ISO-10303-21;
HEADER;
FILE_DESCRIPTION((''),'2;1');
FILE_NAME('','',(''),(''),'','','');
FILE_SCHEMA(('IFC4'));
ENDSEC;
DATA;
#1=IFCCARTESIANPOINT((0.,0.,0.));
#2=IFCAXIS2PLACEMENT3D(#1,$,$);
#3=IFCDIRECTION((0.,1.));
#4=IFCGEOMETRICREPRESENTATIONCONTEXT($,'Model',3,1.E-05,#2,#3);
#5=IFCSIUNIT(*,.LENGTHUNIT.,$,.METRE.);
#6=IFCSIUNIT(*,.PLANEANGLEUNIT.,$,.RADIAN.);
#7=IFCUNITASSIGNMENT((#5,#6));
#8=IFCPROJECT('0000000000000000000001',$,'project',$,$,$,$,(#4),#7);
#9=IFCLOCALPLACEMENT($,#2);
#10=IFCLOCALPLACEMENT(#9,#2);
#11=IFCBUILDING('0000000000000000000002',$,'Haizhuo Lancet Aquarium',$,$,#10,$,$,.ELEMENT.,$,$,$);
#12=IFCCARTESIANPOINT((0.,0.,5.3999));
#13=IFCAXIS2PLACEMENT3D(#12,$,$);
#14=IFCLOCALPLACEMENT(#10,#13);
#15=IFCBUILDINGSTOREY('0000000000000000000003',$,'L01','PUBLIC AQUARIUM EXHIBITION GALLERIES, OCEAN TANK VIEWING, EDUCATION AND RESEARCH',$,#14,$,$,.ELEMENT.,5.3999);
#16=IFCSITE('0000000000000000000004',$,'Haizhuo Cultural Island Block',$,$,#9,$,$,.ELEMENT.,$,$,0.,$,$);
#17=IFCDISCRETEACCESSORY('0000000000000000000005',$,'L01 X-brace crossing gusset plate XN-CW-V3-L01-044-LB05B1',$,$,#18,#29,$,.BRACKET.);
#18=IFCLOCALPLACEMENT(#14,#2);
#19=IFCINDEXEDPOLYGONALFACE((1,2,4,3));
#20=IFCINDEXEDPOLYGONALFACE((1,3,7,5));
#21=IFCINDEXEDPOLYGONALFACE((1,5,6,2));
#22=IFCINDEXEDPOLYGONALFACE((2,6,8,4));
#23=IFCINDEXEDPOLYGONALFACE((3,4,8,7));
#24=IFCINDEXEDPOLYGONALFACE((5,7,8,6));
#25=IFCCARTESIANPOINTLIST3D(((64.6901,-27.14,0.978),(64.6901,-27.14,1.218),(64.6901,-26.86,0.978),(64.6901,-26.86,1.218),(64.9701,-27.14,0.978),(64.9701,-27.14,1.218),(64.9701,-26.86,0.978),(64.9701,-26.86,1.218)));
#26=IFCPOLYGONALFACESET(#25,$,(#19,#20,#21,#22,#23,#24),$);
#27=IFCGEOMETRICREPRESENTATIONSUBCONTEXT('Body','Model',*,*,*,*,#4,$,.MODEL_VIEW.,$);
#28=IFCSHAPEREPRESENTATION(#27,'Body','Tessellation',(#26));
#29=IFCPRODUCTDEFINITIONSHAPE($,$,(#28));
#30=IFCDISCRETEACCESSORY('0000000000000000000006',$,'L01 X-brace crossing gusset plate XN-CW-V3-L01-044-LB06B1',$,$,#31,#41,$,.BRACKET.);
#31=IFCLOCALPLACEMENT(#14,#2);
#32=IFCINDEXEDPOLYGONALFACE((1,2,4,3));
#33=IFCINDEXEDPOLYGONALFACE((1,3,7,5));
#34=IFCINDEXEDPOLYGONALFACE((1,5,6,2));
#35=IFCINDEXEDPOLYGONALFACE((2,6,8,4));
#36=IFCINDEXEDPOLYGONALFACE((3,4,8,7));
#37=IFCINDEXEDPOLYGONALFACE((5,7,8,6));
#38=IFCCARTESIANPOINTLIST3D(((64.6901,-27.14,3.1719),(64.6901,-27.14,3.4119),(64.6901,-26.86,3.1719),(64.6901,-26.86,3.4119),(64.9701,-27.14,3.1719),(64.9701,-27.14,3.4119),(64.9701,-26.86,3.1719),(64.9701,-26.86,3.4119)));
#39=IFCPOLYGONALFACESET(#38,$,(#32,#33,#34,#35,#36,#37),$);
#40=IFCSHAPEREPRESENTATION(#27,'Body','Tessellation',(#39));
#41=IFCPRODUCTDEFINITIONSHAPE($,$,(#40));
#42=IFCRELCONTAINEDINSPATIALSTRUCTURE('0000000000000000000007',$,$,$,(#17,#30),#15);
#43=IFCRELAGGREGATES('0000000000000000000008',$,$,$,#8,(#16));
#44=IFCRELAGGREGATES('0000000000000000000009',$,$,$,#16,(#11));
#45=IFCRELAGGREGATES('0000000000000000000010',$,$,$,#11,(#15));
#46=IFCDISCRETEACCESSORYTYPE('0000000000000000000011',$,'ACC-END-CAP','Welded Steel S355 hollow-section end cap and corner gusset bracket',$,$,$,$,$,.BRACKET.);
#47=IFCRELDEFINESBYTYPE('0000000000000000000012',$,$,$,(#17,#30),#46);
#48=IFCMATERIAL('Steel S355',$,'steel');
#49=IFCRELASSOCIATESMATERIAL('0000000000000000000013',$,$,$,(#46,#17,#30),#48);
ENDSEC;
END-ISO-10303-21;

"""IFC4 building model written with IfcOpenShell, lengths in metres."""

from ifc_helpers import new_model, si_unit, direction, frame, origin, origin_2d, place, context, subcontext, project, spatial, rectangle, extrude, material, type_object, element, save


model = new_model("IFC4")

# Units and contexts
model_context = context("Model", 3, precision=1e-05, world=origin(), true_north=direction((0.0, 1.0)))
body_context = subcontext(model_context, "Body", "Model", "MODEL_VIEW")
ifc_project = project(units=[si_unit("LENGTHUNIT", "METRE"), si_unit("PLANEANGLEUNIT", "RADIAN")], contexts=[model_context])

# Site, building, storey
site_placement = place(None, origin())
site = spatial("IfcSite", under=ifc_project, at=site_placement, Name="Haizhuo Cultural Island Block", CompositionType="ELEMENT", RefElevation=0.0)
building_placement = place(site_placement, origin())
building = spatial("IfcBuilding", under=site, at=building_placement, Name="Haizhuo Lancet Aquarium", CompositionType="ELEMENT")
storey_placement = place(building_placement, frame((0.0, 0.0, 5.3999)))
storey = spatial("IfcBuildingStorey", under=building, at=storey_placement, Name="L01", Description="PUBLIC AQUARIUM EXHIBITION GALLERIES, OCEAN TANK VIEWING, EDUCATION AND RESEARCH", CompositionType="ELEMENT", Elevation=5.3999)

# Shared definitions
ifc_material_1 = material(Name="Steel S355", Category="steel")

# Discrete accessories
discrete_accessory_type = type_object("IfcDiscreteAccessoryType", Name="ACC-END-CAP", Description="Welded Steel S355 hollow-section end cap and corner gusset bracket", PredefinedType="BRACKET", material=ifc_material_1)
for number, where, z_axis, x_axis, name in (
    (1, (64.8301, -27.0, 0.978), (0.0, 0.0, 1.0), (1.0, 0.0, 0.0), "L01 X-brace crossing gusset plate XN-CW-V3-L01-044-LB05B1"),
    (2, (64.8301, -27.0, 3.1719), (0.0, 0.0, 1.0), (1.0, 0.0, 0.0), "L01 X-brace crossing gusset plate XN-CW-V3-L01-044-LB06B1"),
):
    element("IfcDiscreteAccessory", number, at=place(storey_placement, frame(where, z_axis=z_axis, x_axis=x_axis)), inside=storey, type_object=discrete_accessory_type, material=ifc_material_1, Name=name, PredefinedType="BRACKET", context=body_context, shape_type="SweptSolid", body=[
        extrude(rectangle(XDim=0.28, YDim=0.28, at=origin_2d()), origin(), (0.0, 0.0, 1.0), 0.24),
    ])

save(model, "model.ifc")
